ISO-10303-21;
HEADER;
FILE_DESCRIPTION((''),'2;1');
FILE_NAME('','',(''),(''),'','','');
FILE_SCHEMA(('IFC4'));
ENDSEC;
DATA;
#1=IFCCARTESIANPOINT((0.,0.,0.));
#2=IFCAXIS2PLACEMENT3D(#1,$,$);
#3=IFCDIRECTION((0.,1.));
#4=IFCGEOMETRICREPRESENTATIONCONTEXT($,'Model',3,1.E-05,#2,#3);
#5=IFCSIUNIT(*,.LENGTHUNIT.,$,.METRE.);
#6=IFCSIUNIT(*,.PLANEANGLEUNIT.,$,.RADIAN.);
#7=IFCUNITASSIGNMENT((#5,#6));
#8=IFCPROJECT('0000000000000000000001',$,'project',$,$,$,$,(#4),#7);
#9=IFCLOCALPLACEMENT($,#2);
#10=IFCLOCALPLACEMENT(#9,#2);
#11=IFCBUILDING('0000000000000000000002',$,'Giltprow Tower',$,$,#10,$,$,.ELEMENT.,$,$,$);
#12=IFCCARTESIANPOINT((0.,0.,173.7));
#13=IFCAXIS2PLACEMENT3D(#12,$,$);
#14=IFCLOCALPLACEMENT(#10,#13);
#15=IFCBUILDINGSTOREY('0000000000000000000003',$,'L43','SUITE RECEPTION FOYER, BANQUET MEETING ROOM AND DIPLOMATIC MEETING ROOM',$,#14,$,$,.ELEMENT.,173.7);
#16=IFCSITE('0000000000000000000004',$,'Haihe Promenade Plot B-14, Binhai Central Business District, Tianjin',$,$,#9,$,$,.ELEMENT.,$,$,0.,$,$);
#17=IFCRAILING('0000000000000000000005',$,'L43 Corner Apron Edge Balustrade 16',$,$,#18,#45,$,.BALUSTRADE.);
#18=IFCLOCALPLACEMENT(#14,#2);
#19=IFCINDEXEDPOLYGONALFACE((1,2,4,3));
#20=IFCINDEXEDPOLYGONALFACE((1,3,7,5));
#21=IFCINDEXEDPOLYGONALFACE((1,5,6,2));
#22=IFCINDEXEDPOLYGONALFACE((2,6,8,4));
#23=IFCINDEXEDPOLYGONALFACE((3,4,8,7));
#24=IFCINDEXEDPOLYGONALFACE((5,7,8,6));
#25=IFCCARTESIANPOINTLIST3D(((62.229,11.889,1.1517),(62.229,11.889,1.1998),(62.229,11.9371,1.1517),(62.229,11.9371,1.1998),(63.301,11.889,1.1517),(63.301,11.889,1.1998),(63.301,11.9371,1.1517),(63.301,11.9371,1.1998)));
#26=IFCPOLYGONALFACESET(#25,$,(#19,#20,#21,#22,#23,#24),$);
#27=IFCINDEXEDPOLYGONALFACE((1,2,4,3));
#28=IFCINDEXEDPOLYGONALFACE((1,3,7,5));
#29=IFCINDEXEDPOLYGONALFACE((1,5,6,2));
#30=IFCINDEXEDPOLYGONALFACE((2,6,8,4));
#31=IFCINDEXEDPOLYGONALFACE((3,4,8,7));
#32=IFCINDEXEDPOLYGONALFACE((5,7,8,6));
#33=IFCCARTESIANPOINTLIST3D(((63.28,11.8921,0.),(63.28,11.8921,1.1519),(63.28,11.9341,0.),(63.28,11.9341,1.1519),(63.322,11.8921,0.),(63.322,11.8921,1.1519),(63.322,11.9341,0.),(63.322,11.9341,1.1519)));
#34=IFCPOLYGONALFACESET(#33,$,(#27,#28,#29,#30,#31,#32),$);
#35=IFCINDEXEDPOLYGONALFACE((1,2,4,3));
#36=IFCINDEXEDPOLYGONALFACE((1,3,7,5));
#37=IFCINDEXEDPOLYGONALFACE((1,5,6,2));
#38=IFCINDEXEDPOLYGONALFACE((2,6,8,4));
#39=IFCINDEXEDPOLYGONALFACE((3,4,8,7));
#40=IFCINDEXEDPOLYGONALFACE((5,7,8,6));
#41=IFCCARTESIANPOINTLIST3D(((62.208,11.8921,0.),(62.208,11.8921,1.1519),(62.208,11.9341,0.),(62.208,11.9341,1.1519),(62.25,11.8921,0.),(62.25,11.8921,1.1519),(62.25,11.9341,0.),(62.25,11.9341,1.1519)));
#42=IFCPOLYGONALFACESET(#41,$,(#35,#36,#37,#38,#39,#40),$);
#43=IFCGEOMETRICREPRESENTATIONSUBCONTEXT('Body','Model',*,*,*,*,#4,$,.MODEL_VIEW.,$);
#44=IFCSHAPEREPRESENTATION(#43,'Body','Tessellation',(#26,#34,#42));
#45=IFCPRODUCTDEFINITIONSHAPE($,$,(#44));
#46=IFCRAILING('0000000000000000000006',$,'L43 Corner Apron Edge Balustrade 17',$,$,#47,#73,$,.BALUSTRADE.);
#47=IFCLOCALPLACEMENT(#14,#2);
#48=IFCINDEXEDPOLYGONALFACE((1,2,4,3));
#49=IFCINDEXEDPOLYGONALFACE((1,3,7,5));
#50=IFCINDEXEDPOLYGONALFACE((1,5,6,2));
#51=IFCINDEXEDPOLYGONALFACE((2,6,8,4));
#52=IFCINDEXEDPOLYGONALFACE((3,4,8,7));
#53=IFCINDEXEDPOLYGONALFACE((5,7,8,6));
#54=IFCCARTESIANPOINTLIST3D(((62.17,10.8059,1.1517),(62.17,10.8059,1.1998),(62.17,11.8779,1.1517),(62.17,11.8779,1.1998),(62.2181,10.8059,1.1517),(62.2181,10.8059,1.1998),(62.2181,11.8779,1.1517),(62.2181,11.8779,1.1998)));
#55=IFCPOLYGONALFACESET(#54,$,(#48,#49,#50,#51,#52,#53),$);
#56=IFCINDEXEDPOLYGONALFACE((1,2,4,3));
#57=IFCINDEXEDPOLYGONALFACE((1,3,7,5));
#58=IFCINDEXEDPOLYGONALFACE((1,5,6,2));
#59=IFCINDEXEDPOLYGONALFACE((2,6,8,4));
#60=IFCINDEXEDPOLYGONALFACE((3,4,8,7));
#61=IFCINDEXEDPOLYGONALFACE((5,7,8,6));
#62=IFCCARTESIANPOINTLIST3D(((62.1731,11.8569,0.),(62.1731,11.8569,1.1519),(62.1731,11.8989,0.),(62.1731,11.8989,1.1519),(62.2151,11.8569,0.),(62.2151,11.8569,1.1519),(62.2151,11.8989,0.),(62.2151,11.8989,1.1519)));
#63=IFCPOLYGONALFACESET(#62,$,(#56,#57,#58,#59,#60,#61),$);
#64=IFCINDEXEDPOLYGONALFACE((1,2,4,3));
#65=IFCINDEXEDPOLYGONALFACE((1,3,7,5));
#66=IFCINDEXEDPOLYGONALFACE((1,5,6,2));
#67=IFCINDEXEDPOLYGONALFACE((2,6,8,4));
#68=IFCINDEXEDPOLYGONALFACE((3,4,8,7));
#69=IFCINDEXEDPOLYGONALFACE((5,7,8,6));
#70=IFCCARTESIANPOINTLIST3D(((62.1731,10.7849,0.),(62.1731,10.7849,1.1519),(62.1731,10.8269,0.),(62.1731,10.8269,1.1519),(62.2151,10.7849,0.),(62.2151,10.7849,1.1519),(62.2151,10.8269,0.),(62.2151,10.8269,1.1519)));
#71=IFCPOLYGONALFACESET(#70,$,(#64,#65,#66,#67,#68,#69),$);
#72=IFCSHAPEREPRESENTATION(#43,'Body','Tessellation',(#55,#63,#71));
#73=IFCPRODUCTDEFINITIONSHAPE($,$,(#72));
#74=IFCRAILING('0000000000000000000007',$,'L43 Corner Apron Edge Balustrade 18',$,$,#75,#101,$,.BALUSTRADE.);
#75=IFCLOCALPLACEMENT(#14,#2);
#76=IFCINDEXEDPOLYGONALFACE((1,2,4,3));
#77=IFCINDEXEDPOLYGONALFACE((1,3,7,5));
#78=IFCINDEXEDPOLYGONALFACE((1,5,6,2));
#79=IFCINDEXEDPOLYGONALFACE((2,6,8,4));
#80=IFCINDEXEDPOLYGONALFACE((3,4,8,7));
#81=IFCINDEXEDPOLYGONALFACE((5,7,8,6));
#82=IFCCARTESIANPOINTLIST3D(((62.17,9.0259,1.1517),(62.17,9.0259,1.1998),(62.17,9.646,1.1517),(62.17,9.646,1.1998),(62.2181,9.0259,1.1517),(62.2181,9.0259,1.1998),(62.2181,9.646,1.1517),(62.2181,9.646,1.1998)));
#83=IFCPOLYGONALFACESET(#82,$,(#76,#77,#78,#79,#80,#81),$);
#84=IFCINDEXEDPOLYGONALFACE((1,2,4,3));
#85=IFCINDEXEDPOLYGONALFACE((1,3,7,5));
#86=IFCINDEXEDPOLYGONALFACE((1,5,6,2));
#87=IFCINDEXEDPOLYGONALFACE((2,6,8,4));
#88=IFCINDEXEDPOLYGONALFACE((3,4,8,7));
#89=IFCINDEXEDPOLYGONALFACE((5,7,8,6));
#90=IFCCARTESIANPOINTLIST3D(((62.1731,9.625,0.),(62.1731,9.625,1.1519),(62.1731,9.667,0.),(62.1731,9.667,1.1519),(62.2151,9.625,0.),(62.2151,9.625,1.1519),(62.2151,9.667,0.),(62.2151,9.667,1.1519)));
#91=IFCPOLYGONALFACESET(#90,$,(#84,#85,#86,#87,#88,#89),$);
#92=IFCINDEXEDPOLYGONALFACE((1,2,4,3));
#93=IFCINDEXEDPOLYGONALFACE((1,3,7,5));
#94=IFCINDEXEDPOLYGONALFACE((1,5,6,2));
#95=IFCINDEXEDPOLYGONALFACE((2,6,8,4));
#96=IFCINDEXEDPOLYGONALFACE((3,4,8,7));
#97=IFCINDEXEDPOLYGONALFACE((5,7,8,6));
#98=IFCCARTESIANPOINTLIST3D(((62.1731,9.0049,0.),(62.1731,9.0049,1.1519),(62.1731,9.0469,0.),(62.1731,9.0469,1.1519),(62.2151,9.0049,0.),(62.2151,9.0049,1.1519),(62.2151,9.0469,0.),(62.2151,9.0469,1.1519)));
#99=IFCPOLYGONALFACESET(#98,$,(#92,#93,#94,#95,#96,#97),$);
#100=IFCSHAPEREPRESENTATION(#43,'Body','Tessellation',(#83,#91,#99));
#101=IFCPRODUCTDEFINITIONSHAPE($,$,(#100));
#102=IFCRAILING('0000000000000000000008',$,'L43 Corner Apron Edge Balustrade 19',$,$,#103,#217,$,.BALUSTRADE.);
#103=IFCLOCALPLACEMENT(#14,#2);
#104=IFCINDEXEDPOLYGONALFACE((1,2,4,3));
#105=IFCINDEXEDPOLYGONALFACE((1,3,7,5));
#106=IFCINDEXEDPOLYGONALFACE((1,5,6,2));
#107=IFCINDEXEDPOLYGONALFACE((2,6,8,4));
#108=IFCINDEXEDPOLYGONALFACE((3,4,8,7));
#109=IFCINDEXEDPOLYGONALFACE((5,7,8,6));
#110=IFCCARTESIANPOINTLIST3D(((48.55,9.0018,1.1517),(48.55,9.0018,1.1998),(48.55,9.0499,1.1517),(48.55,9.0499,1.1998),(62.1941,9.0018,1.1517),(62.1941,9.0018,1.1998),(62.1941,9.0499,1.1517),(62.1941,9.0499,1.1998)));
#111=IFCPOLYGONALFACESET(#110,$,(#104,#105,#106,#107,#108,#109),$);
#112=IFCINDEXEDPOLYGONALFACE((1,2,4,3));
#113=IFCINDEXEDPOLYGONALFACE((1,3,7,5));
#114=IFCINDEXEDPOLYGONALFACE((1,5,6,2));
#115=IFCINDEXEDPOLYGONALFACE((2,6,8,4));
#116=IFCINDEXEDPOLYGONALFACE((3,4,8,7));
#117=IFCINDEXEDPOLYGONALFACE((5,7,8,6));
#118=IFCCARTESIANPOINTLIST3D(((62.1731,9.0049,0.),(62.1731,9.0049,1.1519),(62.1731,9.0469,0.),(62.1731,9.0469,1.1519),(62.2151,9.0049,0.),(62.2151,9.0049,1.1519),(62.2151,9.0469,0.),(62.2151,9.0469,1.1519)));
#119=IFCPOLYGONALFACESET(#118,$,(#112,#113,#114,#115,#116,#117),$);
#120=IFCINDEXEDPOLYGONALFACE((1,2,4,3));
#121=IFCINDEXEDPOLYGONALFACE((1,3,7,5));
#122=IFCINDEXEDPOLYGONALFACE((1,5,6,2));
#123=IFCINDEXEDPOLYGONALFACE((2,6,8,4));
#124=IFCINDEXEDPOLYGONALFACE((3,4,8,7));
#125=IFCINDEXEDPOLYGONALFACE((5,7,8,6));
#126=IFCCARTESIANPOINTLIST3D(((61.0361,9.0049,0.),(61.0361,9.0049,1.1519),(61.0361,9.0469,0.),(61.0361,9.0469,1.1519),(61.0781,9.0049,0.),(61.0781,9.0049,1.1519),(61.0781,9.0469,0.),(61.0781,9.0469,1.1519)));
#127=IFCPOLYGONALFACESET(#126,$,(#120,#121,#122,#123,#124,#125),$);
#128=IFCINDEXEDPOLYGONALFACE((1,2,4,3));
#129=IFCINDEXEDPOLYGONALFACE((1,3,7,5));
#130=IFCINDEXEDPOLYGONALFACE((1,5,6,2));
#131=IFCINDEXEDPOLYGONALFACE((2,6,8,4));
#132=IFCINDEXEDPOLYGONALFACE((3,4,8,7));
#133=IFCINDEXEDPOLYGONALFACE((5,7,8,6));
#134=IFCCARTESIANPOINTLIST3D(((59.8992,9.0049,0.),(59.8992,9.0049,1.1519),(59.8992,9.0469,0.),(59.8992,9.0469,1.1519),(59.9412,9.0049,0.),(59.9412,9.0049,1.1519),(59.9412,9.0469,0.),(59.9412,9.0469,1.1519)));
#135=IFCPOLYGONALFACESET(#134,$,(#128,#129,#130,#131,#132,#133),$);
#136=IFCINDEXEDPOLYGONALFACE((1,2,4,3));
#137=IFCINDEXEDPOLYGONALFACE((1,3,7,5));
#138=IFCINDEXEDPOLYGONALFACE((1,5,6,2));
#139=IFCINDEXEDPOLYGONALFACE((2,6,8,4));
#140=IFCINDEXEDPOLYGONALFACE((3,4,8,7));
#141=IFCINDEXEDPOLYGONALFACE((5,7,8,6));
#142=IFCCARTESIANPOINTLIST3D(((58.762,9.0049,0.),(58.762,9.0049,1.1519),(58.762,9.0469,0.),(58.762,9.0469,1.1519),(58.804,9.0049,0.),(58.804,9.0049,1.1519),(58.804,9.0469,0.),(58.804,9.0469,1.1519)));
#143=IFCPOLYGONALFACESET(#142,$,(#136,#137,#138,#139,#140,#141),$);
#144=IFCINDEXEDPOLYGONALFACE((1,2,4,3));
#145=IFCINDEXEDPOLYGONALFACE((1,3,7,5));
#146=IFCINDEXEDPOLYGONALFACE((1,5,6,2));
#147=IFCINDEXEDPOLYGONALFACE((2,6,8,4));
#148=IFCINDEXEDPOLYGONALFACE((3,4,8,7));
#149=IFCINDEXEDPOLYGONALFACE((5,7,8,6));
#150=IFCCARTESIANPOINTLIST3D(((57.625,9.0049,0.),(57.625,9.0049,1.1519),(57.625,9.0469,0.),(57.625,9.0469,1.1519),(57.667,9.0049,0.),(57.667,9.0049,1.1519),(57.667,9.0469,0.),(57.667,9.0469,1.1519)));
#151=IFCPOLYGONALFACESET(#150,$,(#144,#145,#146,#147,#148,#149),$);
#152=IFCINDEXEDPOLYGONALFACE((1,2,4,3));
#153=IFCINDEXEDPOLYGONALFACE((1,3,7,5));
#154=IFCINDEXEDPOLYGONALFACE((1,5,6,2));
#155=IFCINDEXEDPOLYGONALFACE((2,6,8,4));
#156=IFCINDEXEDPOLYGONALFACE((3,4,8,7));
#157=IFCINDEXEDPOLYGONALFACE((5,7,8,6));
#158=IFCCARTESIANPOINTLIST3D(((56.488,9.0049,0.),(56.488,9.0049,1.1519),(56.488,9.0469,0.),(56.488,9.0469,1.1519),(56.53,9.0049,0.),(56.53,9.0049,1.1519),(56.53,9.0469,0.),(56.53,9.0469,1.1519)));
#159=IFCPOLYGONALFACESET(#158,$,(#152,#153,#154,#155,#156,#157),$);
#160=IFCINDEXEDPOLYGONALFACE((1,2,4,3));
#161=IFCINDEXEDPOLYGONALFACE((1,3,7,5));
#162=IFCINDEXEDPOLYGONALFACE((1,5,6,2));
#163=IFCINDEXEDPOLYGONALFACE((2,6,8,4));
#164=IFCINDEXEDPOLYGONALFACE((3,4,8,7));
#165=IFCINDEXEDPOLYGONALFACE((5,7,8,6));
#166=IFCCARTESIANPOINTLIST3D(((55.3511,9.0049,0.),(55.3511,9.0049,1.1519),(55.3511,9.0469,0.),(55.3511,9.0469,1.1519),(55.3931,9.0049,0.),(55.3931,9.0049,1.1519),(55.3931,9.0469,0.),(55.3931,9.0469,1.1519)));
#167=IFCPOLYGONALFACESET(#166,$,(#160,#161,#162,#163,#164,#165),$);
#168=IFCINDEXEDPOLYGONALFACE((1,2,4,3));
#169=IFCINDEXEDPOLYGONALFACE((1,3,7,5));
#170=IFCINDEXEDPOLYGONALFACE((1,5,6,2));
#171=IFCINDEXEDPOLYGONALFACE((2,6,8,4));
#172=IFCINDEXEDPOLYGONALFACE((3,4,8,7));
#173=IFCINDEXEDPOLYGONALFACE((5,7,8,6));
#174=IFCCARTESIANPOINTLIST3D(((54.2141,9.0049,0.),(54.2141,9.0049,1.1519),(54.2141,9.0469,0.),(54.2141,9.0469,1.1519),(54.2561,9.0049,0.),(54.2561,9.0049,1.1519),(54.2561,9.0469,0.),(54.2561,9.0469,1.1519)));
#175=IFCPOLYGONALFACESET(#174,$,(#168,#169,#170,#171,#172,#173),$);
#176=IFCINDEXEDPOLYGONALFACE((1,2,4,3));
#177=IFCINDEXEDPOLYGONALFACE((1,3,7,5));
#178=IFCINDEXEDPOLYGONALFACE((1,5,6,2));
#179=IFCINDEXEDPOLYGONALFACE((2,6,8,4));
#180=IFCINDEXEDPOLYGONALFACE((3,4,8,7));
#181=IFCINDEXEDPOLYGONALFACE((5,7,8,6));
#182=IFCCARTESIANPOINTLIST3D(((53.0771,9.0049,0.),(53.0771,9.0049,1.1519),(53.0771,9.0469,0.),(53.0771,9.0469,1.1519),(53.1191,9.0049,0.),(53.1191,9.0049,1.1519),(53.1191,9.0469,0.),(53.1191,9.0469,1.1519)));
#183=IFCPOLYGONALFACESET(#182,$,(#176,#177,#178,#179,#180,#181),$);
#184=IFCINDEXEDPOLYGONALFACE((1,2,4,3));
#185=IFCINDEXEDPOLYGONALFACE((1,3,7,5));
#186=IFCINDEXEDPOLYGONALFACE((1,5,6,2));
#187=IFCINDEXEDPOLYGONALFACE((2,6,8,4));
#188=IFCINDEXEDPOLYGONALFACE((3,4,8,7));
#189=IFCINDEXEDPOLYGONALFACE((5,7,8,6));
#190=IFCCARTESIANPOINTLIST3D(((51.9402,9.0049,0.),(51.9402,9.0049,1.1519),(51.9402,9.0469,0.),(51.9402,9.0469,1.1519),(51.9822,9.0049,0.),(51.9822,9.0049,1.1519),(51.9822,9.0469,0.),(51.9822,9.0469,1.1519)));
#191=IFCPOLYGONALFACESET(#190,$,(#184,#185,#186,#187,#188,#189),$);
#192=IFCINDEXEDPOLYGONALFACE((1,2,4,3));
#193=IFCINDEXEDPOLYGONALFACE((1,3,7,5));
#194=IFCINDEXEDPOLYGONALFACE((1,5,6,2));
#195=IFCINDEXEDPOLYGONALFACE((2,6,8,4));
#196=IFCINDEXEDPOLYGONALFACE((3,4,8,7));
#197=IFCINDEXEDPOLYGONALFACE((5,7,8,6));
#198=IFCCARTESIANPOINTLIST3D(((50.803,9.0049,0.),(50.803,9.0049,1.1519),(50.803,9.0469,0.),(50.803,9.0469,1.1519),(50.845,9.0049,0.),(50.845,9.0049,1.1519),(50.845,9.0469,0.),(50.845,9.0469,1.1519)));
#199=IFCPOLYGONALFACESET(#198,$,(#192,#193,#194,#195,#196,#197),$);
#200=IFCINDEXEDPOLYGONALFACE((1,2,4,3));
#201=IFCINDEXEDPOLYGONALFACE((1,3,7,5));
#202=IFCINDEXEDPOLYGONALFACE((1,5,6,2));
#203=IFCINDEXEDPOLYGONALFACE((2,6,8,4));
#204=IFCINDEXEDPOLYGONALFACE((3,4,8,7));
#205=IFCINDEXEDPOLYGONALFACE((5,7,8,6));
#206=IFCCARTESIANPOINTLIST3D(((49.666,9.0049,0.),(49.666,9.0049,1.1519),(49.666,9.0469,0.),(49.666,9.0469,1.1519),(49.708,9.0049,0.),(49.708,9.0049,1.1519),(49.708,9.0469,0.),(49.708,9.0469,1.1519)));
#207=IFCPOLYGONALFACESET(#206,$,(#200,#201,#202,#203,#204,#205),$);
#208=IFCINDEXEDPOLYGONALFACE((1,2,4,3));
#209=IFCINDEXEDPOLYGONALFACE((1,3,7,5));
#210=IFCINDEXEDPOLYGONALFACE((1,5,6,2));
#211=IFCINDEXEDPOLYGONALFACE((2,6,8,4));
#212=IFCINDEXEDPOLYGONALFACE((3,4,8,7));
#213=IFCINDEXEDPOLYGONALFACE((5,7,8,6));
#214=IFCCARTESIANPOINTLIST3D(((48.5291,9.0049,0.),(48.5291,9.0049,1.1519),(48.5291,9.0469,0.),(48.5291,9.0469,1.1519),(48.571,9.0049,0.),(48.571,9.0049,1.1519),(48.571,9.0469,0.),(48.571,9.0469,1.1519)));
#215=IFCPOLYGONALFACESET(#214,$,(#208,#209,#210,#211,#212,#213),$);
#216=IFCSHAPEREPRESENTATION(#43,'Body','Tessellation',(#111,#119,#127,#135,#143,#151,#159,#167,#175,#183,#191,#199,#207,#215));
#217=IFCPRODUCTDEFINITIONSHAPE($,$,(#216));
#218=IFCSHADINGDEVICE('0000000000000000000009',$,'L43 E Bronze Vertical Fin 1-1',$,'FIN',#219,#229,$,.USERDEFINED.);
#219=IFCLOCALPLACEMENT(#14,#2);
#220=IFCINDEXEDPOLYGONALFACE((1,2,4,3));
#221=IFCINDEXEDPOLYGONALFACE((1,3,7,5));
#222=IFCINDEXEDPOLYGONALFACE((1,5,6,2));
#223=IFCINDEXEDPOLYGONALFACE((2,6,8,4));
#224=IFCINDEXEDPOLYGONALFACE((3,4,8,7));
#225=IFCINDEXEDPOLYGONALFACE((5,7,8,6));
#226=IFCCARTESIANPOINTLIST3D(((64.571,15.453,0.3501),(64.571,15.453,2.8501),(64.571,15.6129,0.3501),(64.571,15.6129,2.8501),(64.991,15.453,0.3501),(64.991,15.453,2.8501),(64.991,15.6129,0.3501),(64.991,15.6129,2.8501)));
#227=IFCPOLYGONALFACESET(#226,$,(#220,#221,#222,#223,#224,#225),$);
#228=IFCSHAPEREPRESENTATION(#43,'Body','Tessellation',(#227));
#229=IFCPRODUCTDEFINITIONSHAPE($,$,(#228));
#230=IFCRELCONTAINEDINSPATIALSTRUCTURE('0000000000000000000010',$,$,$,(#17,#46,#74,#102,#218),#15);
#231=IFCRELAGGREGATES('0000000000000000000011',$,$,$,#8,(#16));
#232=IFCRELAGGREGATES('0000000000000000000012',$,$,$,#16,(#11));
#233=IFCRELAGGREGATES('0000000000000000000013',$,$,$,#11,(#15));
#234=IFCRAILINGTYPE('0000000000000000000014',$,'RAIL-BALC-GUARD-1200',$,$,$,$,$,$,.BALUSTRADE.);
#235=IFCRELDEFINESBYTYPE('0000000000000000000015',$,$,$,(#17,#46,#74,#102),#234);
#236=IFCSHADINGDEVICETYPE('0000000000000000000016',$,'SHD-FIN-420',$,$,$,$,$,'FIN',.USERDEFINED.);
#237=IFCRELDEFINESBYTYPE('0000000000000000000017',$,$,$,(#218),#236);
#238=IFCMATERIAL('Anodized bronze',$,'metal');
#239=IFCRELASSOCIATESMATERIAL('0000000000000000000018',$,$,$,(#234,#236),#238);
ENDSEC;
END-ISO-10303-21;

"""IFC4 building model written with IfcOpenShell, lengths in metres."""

from ifc_helpers import new_model, si_unit, direction, frame, origin, origin_2d, place, context, subcontext, project, spatial, rectangle, extrude, source, transform, mapped, material, type_object, element, save


model = new_model("IFC4")

# Units and contexts
model_context = context("Model", 3, precision=1e-05, world=origin(), true_north=direction((0.0, 1.0)))
body_context = subcontext(model_context, "Body", "Model", "MODEL_VIEW")
ifc_project = project(units=[si_unit("LENGTHUNIT", "METRE"), si_unit("PLANEANGLEUNIT", "RADIAN")], contexts=[model_context])

# Site, building, storey
site_placement = place(None, origin())
site = spatial("IfcSite", under=ifc_project, at=site_placement, Name="Haihe Promenade Plot B-14, Binhai Central Business District, Tianjin", CompositionType="ELEMENT", RefElevation=0.0)
building_placement = place(site_placement, origin())
building = spatial("IfcBuilding", under=site, at=building_placement, Name="Giltprow Tower", CompositionType="ELEMENT")
storey_placement = place(building_placement, frame((0.0, 0.0, 173.7)))
storey = spatial("IfcBuildingStorey", under=building, at=storey_placement, Name="L43", Description="SUITE RECEPTION FOYER, BANQUET MEETING ROOM AND DIPLOMATIC MEETING ROOM", CompositionType="ELEMENT", Elevation=173.7)

# Shared definitions
ifc_material_1 = material(Name="Anodized bronze", Category="metal")

# Railings
railing_type = type_object("IfcRailingType", Name="RAIL-BALC-GUARD-1200", PredefinedType="BALUSTRADE", material=ifc_material_1)
railing_1_placement = place(storey_placement, frame((63.301, 11.9131, 0.0)))
element("IfcRailing", 1, at=railing_1_placement, inside=storey, type_object=railing_type, Name="L43 Corner Apron Edge Balustrade 16", PredefinedType="BALUSTRADE", context=body_context, shape_type="SweptSolid", body=[
    extrude(rectangle(XDim=0.0481, YDim=0.0481, at=origin_2d()), frame((0.0, 0.0, 1.1758), z_axis=(-1.0, 0.0, 0.0), x_axis=(0.0, -1.0, 0.0)), (0.0, 0.0, 1.0), 1.072),
    extrude(rectangle(XDim=0.042, YDim=0.042, at=origin_2d()), origin(), (0.0, 0.0, 1.0), 1.1519),
    extrude(rectangle(XDim=0.042, YDim=0.042, at=origin_2d()), frame((-1.072, 0.0, 0.0)), (0.0, 0.0, 1.0), 1.1519),
])
railing_2_placement = place(storey_placement, frame((62.1941, 11.8779, 0.0)))
element("IfcRailing", 2, at=railing_2_placement, inside=storey, type_object=railing_type, Name="L43 Corner Apron Edge Balustrade 17", PredefinedType="BALUSTRADE", context=body_context, shape_type="SweptSolid", body=[
    extrude(rectangle(XDim=0.0481, YDim=0.0481, at=origin_2d()), frame((0.0, 0.0, 1.1758), z_axis=(0.0, -1.0, 0.0), x_axis=(1.0, 0.0, 0.0)), (0.0, 0.0, 1.0), 1.072),
    extrude(rectangle(XDim=0.042, YDim=0.042, at=origin_2d()), origin(), (0.0, 0.0, 1.0), 1.1519),
    extrude(rectangle(XDim=0.042, YDim=0.042, at=origin_2d()), frame((0.0, -1.072, 0.0)), (0.0, 0.0, 1.0), 1.1519),
])
railing_3_placement = place(storey_placement, frame((62.1941, 9.646, 0.0)))
element("IfcRailing", 3, at=railing_3_placement, inside=storey, type_object=railing_type, Name="L43 Corner Apron Edge Balustrade 18", PredefinedType="BALUSTRADE", context=body_context, shape_type="SweptSolid", body=[
    extrude(rectangle(XDim=0.0481, YDim=0.0481, at=origin_2d()), frame((0.0, 0.0, 1.1758), z_axis=(0.0, -1.0, 0.0), x_axis=(1.0, 0.0, 0.0)), (0.0, 0.0, 1.0), 0.6201),
    extrude(rectangle(XDim=0.042, YDim=0.042, at=origin_2d()), origin(), (0.0, 0.0, 1.0), 1.1519),
    extrude(rectangle(XDim=0.042, YDim=0.042, at=origin_2d()), frame((0.0, -0.6201, 0.0)), (0.0, 0.0, 1.0), 1.1519),
])
railing_4_placement = place(storey_placement, frame((62.1941, 9.0259, 0.0)))
element("IfcRailing", 4, at=railing_4_placement, inside=storey, type_object=railing_type, Name="L43 Corner Apron Edge Balustrade 19", PredefinedType="BALUSTRADE", context=body_context, shape_type="SweptSolid", body=[
    extrude(rectangle(XDim=0.0481, YDim=0.0481, at=origin_2d()), frame((0.0, 0.0, 1.1758), z_axis=(-1.0, 0.0, 0.0), x_axis=(0.0, -1.0, 0.0)), (0.0, 0.0, 1.0), 13.644),
    extrude(rectangle(XDim=0.042, YDim=0.042, at=origin_2d()), origin(), (0.0, 0.0, 1.0), 1.1519),
    extrude(rectangle(XDim=0.042, YDim=0.042, at=origin_2d()), frame((-1.137, 0.0, 0.0)), (0.0, 0.0, 1.0), 1.1519),
    extrude(rectangle(XDim=0.042, YDim=0.042, at=origin_2d()), frame((-2.2739, 0.0, 0.0)), (0.0, 0.0, 1.0), 1.1519),
    extrude(rectangle(XDim=0.042, YDim=0.042, at=origin_2d()), frame((-3.4111, 0.0, 0.0)), (0.0, 0.0, 1.0), 1.1519),
    extrude(rectangle(XDim=0.042, YDim=0.042, at=origin_2d()), frame((-4.5481, 0.0, 0.0)), (0.0, 0.0, 1.0), 1.1519),
    extrude(rectangle(XDim=0.042, YDim=0.042, at=origin_2d()), frame((-5.6851, 0.0, 0.0)), (0.0, 0.0, 1.0), 1.1519),
    extrude(rectangle(XDim=0.042, YDim=0.042, at=origin_2d()), frame((-6.822, 0.0, 0.0)), (0.0, 0.0, 1.0), 1.1519),
    extrude(rectangle(XDim=0.042, YDim=0.042, at=origin_2d()), frame((-7.959, 0.0, 0.0)), (0.0, 0.0, 1.0), 1.1519),
    extrude(rectangle(XDim=0.042, YDim=0.042, at=origin_2d()), frame((-9.0959, 0.0, 0.0)), (0.0, 0.0, 1.0), 1.1519),
    extrude(rectangle(XDim=0.042, YDim=0.042, at=origin_2d()), frame((-10.2329, 0.0, 0.0)), (0.0, 0.0, 1.0), 1.1519),
    extrude(rectangle(XDim=0.042, YDim=0.042, at=origin_2d()), frame((-11.3701, 0.0, 0.0)), (0.0, 0.0, 1.0), 1.1519),
    extrude(rectangle(XDim=0.042, YDim=0.042, at=origin_2d()), frame((-12.5071, 0.0, 0.0)), (0.0, 0.0, 1.0), 1.1519),
    extrude(rectangle(XDim=0.042, YDim=0.042, at=origin_2d()), frame((-13.644, 0.0, 0.0)), (0.0, 0.0, 1.0), 1.1519),
])

# Shading device
shading_device_type = type_object("IfcShadingDeviceType", Name="SHD-FIN-420", ElementType="FIN", PredefinedType="USERDEFINED", material=ifc_material_1)
shared_shape_1 = source(origin(), body_context, "Body", "SweptSolid", [
    extrude(rectangle(XDim=0.4199, YDim=0.1599, at=origin_2d()), origin(), (0.0, 0.0, 1.0), 2.5),
])
shading_device_placement = place(storey_placement, frame((64.781, 15.533, 0.3501), z_axis=(0.0, 0.0, 1.0), x_axis=(1.0, 0.0, 0.0)))
element("IfcShadingDevice", 5, at=shading_device_placement, inside=storey, type_object=shading_device_type, Name="L43 E Bronze Vertical Fin 1-1", ObjectType="FIN", PredefinedType="USERDEFINED", context=body_context, shape_type="MappedRepresentation", body=[
    mapped(shared_shape_1, transform((0.0, 0.0, 0.0), x_axis=(1.0, 0.0, 0.0), y_axis=(0.0, 1.0, 0.0), z_axis=(0.0, 0.0, 1.0), scale=1.0)),
])

save(model, "model.ifc")
